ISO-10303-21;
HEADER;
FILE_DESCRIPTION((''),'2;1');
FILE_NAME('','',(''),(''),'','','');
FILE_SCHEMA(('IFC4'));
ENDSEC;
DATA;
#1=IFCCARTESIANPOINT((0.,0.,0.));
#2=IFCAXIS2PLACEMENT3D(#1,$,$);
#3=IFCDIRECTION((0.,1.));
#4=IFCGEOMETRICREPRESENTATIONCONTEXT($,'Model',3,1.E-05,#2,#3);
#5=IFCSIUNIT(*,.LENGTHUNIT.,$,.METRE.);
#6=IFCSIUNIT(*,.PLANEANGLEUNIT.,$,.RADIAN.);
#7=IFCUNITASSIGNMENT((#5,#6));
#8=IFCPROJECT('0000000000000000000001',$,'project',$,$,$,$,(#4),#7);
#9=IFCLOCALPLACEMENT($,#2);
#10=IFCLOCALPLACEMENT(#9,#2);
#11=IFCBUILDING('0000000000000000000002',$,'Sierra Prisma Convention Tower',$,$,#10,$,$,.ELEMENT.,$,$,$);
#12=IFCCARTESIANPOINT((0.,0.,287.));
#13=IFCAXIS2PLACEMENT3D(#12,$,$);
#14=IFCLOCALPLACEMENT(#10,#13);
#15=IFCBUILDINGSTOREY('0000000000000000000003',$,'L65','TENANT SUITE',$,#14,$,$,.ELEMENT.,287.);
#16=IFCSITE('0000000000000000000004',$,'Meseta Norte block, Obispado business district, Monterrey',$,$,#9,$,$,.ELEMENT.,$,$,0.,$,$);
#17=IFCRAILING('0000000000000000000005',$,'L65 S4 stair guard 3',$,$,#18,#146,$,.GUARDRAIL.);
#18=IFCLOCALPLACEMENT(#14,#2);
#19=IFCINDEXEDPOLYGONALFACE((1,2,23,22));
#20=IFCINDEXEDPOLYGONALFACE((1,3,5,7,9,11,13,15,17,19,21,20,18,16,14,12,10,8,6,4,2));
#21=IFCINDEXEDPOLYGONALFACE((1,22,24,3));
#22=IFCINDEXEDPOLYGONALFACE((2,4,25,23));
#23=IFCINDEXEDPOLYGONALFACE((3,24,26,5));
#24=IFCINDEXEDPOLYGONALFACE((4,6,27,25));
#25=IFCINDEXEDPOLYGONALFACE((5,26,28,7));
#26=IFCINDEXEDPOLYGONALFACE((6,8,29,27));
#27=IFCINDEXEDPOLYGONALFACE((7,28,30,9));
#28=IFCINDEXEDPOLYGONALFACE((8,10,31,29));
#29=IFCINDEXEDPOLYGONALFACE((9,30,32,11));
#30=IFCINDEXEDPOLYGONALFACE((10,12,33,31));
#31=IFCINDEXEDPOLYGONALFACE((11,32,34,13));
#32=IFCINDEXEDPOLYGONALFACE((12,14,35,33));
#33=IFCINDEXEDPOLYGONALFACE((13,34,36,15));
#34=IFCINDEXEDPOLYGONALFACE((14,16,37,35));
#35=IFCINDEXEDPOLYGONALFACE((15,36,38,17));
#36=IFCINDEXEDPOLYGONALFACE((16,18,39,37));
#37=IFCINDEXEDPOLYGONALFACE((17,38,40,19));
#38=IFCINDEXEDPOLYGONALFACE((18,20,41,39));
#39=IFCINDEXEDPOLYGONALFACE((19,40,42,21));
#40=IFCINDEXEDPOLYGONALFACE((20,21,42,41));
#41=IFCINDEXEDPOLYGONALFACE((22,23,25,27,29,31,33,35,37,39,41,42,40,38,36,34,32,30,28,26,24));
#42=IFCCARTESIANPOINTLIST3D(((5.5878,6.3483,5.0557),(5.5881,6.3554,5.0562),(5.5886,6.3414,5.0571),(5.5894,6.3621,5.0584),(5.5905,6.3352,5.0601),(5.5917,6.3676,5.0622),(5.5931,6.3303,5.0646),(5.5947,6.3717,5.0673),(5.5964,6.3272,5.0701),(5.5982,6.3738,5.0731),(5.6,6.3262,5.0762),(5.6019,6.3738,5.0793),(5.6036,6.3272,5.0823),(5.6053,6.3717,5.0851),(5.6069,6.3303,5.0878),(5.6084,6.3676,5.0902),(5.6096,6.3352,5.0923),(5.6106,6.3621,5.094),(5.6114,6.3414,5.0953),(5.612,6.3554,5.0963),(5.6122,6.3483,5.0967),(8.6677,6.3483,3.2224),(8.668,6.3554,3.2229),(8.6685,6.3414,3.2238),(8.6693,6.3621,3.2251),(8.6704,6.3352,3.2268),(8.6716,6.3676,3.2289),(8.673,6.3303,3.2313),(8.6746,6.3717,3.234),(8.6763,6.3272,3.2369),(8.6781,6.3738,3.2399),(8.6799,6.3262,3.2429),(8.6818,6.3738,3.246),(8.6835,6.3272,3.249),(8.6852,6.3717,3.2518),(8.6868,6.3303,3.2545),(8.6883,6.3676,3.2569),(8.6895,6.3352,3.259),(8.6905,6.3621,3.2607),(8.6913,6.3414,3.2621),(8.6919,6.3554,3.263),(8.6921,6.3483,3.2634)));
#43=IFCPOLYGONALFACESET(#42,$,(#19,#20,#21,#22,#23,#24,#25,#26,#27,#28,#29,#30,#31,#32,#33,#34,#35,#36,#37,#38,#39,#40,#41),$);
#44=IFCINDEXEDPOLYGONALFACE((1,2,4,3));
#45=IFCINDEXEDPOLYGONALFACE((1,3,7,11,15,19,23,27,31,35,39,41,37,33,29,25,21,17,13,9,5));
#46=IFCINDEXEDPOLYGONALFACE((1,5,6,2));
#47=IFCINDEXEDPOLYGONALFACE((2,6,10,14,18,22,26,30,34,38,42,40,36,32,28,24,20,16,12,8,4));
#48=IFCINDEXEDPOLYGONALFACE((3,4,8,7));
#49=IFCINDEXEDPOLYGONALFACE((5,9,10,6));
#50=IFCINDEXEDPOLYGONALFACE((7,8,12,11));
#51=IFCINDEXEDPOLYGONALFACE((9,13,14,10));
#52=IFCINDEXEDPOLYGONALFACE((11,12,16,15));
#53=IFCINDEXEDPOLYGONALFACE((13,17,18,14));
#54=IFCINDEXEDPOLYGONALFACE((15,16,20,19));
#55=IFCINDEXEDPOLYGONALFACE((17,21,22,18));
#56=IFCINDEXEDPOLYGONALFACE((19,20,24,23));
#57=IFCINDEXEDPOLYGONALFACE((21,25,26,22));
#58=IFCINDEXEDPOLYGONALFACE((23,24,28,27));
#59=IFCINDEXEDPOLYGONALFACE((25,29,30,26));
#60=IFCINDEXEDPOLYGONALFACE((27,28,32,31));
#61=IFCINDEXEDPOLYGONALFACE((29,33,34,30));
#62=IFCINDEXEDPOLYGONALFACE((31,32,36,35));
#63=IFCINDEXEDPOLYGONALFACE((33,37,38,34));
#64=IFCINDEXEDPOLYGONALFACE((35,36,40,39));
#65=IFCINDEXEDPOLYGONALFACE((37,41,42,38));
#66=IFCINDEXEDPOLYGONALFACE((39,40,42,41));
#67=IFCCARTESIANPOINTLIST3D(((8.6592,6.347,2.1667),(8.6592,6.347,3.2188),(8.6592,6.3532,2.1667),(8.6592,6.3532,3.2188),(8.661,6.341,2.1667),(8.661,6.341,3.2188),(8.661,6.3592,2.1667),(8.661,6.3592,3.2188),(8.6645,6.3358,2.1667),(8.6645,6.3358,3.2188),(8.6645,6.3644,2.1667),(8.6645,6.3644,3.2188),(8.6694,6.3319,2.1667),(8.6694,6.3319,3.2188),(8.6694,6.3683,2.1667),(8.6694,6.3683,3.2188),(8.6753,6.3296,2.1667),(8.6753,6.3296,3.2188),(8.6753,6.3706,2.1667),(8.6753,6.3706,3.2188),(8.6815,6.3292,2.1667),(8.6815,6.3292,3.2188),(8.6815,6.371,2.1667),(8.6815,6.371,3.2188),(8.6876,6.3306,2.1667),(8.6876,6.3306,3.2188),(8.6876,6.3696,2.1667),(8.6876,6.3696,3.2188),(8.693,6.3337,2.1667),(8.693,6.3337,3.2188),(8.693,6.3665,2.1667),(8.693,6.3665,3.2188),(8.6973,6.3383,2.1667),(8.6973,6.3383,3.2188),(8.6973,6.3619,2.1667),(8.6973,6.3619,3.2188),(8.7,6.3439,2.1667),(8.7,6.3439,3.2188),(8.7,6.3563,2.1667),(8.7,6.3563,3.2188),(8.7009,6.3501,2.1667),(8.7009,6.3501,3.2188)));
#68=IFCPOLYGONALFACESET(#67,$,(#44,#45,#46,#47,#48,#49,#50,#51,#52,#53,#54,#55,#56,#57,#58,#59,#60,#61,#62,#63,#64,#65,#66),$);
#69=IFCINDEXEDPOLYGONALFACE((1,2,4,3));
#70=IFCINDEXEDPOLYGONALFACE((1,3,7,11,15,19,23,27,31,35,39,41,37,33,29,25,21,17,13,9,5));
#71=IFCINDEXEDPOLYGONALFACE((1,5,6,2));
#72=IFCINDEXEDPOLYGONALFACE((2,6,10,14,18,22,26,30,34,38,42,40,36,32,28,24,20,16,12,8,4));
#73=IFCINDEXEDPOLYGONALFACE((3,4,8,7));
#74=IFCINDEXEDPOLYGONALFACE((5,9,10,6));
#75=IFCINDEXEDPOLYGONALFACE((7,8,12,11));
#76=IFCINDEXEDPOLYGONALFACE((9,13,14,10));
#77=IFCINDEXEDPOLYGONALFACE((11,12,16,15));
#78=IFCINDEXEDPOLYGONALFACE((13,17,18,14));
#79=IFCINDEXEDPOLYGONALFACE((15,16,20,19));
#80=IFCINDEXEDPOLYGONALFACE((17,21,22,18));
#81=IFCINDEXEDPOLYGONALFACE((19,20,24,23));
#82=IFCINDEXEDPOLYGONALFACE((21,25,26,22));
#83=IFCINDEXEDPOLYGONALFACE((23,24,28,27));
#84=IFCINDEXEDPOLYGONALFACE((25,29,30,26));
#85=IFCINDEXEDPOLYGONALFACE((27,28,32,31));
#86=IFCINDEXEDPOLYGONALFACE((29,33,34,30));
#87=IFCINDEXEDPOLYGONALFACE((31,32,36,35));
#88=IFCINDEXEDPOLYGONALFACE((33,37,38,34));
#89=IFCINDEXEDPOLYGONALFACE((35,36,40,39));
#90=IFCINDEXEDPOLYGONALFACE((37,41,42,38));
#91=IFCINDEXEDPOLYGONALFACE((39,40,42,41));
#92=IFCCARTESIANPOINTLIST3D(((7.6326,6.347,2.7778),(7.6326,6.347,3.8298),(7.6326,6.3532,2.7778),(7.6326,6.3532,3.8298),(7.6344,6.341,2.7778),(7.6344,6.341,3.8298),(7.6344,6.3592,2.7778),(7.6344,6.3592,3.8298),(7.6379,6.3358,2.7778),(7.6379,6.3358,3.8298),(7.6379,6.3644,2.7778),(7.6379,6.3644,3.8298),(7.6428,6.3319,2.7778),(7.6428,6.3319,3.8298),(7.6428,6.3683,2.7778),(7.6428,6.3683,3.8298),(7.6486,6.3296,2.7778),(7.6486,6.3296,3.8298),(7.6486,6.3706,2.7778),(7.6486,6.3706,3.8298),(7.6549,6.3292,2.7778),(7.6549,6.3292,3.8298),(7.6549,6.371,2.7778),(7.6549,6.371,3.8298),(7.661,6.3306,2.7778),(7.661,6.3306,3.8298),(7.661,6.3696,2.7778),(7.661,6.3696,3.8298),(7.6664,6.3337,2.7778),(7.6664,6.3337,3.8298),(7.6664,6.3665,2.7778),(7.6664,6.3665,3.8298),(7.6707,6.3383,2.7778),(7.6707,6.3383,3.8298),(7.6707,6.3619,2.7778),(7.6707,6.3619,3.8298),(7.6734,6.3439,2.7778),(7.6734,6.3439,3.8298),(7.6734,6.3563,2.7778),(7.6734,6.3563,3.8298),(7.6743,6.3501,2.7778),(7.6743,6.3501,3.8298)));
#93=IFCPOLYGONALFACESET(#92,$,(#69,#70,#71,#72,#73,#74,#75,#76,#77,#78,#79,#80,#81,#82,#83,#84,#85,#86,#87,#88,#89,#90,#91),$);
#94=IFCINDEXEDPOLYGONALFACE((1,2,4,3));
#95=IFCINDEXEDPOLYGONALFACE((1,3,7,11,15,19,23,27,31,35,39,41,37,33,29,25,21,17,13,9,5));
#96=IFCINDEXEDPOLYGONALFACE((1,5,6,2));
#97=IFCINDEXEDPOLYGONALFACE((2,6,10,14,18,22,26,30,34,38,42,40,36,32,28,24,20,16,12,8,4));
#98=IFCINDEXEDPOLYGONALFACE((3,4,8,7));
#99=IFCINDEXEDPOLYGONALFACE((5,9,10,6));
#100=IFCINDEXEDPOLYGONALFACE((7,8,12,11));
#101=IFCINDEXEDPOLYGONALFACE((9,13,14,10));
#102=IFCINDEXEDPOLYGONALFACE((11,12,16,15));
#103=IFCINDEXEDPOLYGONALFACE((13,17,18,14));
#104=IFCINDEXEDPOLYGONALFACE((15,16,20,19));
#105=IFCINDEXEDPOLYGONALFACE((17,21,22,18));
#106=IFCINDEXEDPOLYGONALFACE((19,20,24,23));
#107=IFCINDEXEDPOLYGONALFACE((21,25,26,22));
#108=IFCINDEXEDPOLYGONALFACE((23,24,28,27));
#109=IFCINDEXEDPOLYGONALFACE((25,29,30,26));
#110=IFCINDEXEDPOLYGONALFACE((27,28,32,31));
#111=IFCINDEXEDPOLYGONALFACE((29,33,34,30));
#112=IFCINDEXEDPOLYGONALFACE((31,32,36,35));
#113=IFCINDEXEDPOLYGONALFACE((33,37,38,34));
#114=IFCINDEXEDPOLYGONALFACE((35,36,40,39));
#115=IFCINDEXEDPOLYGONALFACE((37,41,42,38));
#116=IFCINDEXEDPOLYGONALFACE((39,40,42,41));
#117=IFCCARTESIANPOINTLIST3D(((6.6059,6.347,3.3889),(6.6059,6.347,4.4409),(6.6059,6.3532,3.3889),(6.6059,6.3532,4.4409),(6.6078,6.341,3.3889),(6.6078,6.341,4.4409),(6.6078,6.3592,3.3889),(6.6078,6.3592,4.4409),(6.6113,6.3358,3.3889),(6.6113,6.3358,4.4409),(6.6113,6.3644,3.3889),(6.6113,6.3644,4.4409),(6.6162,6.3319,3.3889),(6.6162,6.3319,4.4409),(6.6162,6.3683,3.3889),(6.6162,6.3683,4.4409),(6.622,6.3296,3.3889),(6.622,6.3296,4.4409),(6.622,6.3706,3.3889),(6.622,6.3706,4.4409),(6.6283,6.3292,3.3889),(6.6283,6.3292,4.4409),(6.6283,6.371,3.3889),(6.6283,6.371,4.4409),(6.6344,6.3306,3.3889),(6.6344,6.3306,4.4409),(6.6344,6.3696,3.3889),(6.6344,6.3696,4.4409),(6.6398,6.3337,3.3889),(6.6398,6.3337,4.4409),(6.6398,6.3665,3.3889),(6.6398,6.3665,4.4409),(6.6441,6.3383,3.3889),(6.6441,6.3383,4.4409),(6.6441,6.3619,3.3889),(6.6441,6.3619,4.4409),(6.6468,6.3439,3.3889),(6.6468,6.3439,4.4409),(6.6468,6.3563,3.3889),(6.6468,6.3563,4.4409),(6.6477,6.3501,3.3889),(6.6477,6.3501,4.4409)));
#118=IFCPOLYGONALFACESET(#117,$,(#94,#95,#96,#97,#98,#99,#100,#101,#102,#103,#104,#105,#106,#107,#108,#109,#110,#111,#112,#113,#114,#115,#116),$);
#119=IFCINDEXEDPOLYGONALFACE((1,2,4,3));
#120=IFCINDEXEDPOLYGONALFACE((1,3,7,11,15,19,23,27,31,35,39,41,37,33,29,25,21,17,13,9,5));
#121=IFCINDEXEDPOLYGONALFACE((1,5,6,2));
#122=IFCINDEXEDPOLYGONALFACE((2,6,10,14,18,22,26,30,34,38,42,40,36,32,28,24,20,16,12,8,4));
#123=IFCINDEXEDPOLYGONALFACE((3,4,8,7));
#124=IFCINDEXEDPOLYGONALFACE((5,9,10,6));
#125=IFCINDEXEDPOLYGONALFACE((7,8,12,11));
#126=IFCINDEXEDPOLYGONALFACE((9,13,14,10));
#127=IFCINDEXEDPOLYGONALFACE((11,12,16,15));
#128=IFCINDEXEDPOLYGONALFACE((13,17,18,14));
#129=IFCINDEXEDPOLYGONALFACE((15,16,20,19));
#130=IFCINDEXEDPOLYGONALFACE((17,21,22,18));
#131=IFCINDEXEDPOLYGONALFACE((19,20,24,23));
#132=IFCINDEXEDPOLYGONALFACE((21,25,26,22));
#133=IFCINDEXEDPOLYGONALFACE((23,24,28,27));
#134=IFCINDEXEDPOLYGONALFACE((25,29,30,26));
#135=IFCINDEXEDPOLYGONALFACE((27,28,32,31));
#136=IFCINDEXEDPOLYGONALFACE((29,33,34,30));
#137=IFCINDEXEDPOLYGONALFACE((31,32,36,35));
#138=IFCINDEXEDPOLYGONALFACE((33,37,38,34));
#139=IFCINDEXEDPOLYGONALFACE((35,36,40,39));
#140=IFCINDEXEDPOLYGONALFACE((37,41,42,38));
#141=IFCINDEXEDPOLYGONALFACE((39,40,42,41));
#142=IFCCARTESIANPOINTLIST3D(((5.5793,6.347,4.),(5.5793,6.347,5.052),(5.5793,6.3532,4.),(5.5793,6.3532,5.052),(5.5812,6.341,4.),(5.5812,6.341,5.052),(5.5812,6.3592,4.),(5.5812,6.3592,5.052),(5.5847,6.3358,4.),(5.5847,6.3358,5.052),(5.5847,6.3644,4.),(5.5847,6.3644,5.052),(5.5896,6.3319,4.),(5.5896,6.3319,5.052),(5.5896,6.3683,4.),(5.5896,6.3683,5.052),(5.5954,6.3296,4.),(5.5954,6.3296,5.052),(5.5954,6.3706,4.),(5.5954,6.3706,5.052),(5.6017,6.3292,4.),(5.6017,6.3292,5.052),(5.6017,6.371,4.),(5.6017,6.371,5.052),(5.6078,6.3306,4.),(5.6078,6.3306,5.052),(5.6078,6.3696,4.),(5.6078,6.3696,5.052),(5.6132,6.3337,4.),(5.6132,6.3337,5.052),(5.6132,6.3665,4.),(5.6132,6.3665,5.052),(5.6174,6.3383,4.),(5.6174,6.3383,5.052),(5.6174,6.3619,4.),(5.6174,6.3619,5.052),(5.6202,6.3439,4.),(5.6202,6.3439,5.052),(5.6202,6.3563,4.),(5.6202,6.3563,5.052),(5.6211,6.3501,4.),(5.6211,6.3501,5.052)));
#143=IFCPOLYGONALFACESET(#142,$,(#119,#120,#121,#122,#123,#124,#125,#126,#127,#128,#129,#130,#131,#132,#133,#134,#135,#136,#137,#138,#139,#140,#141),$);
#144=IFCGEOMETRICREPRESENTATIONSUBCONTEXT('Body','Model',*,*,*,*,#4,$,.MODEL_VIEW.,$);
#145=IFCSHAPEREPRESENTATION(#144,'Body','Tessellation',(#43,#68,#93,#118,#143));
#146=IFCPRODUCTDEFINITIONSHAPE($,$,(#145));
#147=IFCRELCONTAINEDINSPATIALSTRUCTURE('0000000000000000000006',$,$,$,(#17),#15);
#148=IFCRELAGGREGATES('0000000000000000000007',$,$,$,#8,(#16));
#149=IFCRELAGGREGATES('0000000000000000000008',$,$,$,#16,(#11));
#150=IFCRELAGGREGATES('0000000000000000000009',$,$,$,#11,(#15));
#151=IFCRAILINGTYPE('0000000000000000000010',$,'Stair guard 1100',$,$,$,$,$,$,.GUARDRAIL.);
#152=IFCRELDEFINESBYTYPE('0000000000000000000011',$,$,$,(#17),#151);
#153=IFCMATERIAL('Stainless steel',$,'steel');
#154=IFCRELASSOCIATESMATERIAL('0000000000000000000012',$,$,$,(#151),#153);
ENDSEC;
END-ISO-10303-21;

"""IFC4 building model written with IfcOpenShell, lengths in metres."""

from ifc_helpers import new_model, si_unit, direction, frame, origin, origin_2d, place, context, subcontext, project, spatial, circle, extrude, material, type_object, element, save


model = new_model("IFC4")

# Units and contexts
model_context = context("Model", 3, precision=1e-05, world=origin(), true_north=direction((0.0, 1.0)))
body_context = subcontext(model_context, "Body", "Model", "MODEL_VIEW")
ifc_project = project(units=[si_unit("LENGTHUNIT", "METRE"), si_unit("PLANEANGLEUNIT", "RADIAN")], contexts=[model_context])

# Site, building, storey
site_placement = place(None, origin())
site = spatial("IfcSite", under=ifc_project, at=site_placement, Name="Meseta Norte block, Obispado business district, Monterrey", CompositionType="ELEMENT", RefElevation=0.0)
building_placement = place(site_placement, origin())
building = spatial("IfcBuilding", under=site, at=building_placement, Name="Sierra Prisma Convention Tower", CompositionType="ELEMENT")
storey_placement = place(building_placement, frame((0.0, 0.0, 287.0)))
storey = spatial("IfcBuildingStorey", under=building, at=storey_placement, Name="L65", Description="TENANT SUITE", CompositionType="ELEMENT", Elevation=287.0)

# Railing
ifc_material_1 = material(Name="Stainless steel", Category="steel")
railing_type = type_object("IfcRailingType", Name="Stair guard 1100", PredefinedType="GUARDRAIL", material=ifc_material_1)
railing_1_placement = place(storey_placement, frame((8.6799, 6.3501, 2.1667)))
element("IfcRailing", 1, at=railing_1_placement, inside=storey, type_object=railing_type, Name="L65 S4 stair guard 3", PredefinedType="GUARDRAIL", context=body_context, shape_type="SweptSolid", body=[
    extrude(circle(Radius=0.0239, at=origin_2d()), frame((0.0, 0.0, 1.0762), z_axis=(-0.859291, 0.0, 0.511487), x_axis=(0.0, -1.0, 0.0)), (0.0, 0.0, 1.0), 3.5842),
    extrude(circle(Radius=0.021, at=origin_2d()), origin(), (0.0, 0.0, 1.0), 1.052),
    extrude(circle(Radius=0.021, at=origin_2d()), frame((-1.0266, 0.0, 0.6111)), (0.0, 0.0, 1.0), 1.052),
    extrude(circle(Radius=0.021, at=origin_2d()), frame((-2.0532, 0.0, 1.2222)), (0.0, 0.0, 1.0), 1.052),
    extrude(circle(Radius=0.021, at=origin_2d()), frame((-3.0798, 0.0, 1.8333)), (0.0, 0.0, 1.0), 1.052),
])

save(model, "model.ifc")
